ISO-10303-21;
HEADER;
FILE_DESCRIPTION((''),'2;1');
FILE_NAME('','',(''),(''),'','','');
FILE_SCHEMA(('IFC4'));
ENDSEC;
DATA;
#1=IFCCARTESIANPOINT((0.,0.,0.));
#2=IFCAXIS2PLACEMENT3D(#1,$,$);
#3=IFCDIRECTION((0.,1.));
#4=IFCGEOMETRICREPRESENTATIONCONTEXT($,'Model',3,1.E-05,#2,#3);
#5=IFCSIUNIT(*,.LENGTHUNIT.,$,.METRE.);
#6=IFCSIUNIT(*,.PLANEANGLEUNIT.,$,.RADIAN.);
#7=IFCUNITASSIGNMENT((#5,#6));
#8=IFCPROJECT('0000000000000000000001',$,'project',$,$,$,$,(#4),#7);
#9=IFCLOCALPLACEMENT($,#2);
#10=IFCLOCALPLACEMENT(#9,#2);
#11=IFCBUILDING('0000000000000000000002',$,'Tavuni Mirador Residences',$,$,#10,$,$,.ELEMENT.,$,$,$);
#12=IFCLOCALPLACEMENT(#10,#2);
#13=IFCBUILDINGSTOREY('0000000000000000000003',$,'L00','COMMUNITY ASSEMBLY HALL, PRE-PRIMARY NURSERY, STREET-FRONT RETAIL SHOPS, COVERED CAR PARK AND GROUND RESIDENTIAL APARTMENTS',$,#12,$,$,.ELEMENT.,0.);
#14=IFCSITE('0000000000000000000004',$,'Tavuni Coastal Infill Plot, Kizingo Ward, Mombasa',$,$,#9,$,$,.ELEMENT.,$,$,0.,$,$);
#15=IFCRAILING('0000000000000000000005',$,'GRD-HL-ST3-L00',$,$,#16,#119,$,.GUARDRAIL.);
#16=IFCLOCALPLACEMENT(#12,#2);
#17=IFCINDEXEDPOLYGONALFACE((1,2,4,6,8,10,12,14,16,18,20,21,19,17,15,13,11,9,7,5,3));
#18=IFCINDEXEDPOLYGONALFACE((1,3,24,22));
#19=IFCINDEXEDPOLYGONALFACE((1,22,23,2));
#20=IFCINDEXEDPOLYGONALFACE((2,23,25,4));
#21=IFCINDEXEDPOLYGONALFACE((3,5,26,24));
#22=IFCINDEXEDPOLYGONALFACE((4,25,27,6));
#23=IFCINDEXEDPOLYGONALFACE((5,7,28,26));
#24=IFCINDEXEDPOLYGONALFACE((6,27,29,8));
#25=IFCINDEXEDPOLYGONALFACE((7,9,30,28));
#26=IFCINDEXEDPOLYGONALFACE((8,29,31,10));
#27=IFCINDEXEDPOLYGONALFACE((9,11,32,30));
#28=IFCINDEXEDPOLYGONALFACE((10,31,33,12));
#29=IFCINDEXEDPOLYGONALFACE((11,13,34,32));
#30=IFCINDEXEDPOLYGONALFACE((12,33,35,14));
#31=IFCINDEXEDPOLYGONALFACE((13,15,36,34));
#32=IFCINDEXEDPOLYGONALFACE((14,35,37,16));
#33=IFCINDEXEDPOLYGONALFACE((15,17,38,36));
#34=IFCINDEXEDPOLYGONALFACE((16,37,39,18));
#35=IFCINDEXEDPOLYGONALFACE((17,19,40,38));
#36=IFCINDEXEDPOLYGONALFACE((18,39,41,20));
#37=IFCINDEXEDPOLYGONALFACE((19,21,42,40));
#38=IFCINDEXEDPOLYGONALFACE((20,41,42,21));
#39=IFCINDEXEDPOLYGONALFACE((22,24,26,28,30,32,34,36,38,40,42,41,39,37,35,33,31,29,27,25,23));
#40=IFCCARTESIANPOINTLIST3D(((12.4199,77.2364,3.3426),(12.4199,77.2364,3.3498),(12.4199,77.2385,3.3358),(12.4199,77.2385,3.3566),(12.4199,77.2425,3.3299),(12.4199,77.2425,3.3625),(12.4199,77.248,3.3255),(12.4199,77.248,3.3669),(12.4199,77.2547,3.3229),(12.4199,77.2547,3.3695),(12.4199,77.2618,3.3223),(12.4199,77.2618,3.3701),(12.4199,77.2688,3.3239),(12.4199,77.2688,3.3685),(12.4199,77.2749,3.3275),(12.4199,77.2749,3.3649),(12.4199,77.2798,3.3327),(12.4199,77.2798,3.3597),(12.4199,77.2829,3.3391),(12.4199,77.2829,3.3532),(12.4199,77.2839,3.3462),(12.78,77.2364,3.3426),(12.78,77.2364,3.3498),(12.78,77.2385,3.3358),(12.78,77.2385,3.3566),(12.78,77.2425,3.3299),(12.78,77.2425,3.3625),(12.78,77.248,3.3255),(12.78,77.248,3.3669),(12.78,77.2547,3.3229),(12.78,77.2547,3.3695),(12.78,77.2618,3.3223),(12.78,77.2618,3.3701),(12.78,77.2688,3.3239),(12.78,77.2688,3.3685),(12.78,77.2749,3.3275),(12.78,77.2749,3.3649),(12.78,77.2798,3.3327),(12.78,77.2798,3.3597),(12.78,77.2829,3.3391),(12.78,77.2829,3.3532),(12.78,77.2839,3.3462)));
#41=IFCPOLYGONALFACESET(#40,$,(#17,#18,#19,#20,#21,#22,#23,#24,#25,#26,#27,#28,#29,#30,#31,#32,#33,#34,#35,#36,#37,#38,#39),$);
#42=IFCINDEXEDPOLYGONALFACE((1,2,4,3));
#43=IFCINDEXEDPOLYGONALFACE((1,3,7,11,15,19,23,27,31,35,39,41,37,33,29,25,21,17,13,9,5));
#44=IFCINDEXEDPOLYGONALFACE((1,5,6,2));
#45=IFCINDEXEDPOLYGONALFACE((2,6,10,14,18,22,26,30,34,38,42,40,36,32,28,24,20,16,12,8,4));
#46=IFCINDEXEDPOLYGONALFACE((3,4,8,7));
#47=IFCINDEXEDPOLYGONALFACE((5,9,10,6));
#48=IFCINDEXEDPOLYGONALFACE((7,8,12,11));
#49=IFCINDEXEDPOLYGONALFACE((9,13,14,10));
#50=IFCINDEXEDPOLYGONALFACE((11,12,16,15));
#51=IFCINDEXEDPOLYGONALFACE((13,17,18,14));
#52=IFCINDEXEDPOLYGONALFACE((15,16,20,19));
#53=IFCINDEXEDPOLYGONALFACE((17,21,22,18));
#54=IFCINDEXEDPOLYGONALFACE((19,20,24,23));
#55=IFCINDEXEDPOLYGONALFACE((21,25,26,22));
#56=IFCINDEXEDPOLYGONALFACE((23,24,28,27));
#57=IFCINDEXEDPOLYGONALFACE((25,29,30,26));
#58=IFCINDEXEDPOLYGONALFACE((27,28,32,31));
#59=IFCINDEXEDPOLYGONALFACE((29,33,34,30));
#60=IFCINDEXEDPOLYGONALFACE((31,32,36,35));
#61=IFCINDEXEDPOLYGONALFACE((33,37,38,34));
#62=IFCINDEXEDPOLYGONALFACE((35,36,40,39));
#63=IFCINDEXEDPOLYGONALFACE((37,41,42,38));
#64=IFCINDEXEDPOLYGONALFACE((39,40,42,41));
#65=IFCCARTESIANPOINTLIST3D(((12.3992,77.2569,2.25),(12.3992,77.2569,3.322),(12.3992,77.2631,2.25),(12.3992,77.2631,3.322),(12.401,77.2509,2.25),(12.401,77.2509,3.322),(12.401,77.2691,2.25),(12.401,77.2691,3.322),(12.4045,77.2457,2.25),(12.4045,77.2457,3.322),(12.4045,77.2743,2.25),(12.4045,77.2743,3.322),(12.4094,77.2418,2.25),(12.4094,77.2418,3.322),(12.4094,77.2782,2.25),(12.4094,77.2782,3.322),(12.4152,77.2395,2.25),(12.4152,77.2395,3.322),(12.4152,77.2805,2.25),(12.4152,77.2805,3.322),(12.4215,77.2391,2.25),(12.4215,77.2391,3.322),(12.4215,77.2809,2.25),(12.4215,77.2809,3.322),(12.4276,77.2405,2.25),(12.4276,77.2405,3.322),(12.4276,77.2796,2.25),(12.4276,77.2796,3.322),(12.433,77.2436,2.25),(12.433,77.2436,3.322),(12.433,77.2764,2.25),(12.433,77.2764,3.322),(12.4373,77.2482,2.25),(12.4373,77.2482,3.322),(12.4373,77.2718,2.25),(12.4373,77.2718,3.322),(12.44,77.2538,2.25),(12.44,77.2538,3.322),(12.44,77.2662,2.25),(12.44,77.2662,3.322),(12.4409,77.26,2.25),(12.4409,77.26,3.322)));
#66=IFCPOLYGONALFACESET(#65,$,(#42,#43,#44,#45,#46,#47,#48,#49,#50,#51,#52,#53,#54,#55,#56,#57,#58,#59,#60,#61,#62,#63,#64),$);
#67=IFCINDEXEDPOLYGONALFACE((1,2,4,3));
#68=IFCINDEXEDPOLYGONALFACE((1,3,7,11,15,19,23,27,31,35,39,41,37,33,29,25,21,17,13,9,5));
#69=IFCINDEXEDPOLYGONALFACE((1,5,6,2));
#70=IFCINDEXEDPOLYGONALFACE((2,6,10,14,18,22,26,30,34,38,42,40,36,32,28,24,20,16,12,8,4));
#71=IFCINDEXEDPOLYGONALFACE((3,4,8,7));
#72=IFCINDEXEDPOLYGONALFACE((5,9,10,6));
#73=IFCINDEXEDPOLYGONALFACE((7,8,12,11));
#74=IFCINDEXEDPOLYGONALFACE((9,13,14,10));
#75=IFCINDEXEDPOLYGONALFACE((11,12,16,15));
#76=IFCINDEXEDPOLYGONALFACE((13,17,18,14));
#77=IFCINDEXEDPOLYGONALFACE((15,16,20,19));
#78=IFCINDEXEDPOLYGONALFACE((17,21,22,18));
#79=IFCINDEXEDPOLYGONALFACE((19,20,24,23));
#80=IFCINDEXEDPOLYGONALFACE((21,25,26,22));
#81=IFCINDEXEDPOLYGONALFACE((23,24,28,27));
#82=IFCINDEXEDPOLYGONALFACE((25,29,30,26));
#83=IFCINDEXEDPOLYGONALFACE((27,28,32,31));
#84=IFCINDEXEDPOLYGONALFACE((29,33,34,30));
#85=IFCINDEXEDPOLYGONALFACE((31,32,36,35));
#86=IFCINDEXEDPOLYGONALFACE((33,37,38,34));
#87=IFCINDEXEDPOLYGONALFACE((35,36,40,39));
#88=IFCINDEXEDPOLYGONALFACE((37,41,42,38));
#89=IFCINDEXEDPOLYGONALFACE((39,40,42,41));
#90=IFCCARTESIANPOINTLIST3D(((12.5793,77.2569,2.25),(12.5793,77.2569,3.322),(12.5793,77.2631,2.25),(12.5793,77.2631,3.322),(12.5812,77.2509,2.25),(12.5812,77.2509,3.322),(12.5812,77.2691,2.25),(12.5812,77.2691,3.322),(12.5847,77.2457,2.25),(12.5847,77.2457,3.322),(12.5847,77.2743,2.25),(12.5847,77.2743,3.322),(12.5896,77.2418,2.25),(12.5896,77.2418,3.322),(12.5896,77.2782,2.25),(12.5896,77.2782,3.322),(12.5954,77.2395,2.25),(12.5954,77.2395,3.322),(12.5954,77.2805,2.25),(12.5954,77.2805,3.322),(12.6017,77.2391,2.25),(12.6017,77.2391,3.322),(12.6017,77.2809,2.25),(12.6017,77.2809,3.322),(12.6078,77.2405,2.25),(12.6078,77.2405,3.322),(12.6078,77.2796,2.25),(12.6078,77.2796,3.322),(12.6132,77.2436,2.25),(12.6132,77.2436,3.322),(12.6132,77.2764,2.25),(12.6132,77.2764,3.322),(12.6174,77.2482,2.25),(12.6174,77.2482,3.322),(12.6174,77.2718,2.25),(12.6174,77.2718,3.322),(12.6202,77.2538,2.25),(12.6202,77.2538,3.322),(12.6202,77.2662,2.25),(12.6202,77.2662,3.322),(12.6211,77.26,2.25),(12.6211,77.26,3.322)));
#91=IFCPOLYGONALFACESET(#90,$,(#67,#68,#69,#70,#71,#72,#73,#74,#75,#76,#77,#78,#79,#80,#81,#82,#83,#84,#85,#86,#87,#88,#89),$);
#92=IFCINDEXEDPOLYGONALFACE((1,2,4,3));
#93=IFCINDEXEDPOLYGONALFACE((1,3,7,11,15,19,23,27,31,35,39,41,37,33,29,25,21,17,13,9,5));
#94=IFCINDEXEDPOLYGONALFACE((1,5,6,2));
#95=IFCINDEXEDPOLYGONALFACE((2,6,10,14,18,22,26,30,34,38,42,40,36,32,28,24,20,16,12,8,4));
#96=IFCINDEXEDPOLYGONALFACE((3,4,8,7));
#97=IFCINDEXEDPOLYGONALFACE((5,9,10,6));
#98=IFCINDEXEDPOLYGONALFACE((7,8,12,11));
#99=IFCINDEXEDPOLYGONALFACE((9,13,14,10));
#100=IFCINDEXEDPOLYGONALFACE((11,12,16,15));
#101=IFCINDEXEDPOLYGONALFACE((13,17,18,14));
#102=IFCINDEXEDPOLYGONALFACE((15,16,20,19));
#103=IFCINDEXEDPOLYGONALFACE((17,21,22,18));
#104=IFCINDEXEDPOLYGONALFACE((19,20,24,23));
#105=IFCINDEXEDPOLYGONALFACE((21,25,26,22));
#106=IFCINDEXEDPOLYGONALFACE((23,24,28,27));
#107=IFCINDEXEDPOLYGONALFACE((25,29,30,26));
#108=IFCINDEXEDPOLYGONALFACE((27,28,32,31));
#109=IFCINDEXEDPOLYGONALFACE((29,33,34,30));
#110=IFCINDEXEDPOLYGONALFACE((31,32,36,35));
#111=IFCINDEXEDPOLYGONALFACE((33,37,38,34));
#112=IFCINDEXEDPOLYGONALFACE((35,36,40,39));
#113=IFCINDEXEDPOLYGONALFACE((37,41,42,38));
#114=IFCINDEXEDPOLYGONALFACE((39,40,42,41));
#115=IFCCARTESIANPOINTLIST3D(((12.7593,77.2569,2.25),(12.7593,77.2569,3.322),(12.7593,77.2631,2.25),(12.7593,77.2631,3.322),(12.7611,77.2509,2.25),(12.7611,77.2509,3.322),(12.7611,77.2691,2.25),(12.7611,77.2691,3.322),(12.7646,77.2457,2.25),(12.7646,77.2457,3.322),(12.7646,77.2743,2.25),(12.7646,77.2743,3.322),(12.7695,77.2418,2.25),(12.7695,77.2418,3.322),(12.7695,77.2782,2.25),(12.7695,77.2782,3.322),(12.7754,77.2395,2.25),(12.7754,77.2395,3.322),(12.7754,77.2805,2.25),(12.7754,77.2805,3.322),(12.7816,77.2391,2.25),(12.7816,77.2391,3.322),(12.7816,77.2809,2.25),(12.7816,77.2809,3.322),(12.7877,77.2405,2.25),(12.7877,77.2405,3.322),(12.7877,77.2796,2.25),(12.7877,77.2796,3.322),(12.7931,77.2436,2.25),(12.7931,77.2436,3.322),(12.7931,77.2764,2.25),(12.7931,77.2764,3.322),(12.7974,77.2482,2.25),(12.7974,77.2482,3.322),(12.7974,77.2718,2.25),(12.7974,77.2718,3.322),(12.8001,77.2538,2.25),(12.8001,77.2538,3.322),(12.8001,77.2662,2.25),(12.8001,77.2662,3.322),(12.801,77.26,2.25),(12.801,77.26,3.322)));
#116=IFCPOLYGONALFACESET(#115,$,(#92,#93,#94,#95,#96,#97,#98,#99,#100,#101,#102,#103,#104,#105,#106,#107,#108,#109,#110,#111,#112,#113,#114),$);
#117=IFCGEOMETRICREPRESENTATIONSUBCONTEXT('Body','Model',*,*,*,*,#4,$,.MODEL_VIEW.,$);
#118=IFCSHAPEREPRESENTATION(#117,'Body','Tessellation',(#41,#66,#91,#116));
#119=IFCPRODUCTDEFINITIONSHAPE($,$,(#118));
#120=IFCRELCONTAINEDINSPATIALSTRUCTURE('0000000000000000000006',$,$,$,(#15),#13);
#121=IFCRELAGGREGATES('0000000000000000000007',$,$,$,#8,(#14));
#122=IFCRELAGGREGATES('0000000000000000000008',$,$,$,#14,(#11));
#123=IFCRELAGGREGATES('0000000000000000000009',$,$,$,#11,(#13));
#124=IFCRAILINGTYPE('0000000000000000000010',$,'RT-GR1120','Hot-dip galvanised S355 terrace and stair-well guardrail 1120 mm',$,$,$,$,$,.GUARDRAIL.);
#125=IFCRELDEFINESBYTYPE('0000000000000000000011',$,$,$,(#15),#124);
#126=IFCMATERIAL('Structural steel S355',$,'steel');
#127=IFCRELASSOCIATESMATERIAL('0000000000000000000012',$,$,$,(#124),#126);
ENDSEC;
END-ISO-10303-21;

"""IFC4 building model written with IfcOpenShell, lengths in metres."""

from ifc_helpers import new_model, si_unit, direction, frame, origin, origin_2d, place, context, subcontext, project, spatial, circle, extrude, material, type_object, element, save


model = new_model("IFC4")

# Units and contexts
model_context = context("Model", 3, precision=1e-05, world=origin(), true_north=direction((0.0, 1.0)))
body_context = subcontext(model_context, "Body", "Model", "MODEL_VIEW")
ifc_project = project(units=[si_unit("LENGTHUNIT", "METRE"), si_unit("PLANEANGLEUNIT", "RADIAN")], contexts=[model_context])

# Site, building, storey
site_placement = place(None, origin())
site = spatial("IfcSite", under=ifc_project, at=site_placement, Name="Tavuni Coastal Infill Plot, Kizingo Ward, Mombasa", CompositionType="ELEMENT", RefElevation=0.0)
building_placement = place(site_placement, origin())
building = spatial("IfcBuilding", under=site, at=building_placement, Name="Tavuni Mirador Residences", CompositionType="ELEMENT")
storey_placement = place(building_placement, origin())
storey = spatial("IfcBuildingStorey", under=building, at=storey_placement, Name="L00", Description="COMMUNITY ASSEMBLY HALL, PRE-PRIMARY NURSERY, STREET-FRONT RETAIL SHOPS, COVERED CAR PARK AND GROUND RESIDENTIAL APARTMENTS", CompositionType="ELEMENT", Elevation=0.0)

# Shared definitions
ifc_material_1 = material(Name="Structural steel S355", Category="steel")

# Railing
railing_type_1 = type_object("IfcRailingType", Name="RT-GR1120", Description="Hot-dip galvanised S355 terrace and stair-well guardrail 1120 mm", PredefinedType="GUARDRAIL", material=ifc_material_1)
railing_1_placement = place(storey_placement, frame((12.4199, 77.26, 2.25)))
element("IfcRailing", 1, at=railing_1_placement, inside=storey, type_object=railing_type_1, Name="GRD-HL-ST3-L00", PredefinedType="GUARDRAIL", context=body_context, shape_type="SweptSolid", body=[
    extrude(circle(Radius=0.0239, at=origin_2d()), frame((0.0, 0.0, 1.0962), z_axis=(1.0, 0.0, 0.0), x_axis=(0.0, 1.0, 0.0)), (0.0, 0.0, 1.0), 0.3601),
    extrude(circle(Radius=0.021, at=origin_2d()), origin(), (0.0, 0.0, 1.0), 1.072),
    extrude(circle(Radius=0.021, at=origin_2d()), frame((0.1802, 0.0, 0.0)), (0.0, 0.0, 1.0), 1.072),
    extrude(circle(Radius=0.021, at=origin_2d()), frame((0.3601, 0.0, 0.0)), (0.0, 0.0, 1.0), 1.072),
])

save(model, "model.ifc")
